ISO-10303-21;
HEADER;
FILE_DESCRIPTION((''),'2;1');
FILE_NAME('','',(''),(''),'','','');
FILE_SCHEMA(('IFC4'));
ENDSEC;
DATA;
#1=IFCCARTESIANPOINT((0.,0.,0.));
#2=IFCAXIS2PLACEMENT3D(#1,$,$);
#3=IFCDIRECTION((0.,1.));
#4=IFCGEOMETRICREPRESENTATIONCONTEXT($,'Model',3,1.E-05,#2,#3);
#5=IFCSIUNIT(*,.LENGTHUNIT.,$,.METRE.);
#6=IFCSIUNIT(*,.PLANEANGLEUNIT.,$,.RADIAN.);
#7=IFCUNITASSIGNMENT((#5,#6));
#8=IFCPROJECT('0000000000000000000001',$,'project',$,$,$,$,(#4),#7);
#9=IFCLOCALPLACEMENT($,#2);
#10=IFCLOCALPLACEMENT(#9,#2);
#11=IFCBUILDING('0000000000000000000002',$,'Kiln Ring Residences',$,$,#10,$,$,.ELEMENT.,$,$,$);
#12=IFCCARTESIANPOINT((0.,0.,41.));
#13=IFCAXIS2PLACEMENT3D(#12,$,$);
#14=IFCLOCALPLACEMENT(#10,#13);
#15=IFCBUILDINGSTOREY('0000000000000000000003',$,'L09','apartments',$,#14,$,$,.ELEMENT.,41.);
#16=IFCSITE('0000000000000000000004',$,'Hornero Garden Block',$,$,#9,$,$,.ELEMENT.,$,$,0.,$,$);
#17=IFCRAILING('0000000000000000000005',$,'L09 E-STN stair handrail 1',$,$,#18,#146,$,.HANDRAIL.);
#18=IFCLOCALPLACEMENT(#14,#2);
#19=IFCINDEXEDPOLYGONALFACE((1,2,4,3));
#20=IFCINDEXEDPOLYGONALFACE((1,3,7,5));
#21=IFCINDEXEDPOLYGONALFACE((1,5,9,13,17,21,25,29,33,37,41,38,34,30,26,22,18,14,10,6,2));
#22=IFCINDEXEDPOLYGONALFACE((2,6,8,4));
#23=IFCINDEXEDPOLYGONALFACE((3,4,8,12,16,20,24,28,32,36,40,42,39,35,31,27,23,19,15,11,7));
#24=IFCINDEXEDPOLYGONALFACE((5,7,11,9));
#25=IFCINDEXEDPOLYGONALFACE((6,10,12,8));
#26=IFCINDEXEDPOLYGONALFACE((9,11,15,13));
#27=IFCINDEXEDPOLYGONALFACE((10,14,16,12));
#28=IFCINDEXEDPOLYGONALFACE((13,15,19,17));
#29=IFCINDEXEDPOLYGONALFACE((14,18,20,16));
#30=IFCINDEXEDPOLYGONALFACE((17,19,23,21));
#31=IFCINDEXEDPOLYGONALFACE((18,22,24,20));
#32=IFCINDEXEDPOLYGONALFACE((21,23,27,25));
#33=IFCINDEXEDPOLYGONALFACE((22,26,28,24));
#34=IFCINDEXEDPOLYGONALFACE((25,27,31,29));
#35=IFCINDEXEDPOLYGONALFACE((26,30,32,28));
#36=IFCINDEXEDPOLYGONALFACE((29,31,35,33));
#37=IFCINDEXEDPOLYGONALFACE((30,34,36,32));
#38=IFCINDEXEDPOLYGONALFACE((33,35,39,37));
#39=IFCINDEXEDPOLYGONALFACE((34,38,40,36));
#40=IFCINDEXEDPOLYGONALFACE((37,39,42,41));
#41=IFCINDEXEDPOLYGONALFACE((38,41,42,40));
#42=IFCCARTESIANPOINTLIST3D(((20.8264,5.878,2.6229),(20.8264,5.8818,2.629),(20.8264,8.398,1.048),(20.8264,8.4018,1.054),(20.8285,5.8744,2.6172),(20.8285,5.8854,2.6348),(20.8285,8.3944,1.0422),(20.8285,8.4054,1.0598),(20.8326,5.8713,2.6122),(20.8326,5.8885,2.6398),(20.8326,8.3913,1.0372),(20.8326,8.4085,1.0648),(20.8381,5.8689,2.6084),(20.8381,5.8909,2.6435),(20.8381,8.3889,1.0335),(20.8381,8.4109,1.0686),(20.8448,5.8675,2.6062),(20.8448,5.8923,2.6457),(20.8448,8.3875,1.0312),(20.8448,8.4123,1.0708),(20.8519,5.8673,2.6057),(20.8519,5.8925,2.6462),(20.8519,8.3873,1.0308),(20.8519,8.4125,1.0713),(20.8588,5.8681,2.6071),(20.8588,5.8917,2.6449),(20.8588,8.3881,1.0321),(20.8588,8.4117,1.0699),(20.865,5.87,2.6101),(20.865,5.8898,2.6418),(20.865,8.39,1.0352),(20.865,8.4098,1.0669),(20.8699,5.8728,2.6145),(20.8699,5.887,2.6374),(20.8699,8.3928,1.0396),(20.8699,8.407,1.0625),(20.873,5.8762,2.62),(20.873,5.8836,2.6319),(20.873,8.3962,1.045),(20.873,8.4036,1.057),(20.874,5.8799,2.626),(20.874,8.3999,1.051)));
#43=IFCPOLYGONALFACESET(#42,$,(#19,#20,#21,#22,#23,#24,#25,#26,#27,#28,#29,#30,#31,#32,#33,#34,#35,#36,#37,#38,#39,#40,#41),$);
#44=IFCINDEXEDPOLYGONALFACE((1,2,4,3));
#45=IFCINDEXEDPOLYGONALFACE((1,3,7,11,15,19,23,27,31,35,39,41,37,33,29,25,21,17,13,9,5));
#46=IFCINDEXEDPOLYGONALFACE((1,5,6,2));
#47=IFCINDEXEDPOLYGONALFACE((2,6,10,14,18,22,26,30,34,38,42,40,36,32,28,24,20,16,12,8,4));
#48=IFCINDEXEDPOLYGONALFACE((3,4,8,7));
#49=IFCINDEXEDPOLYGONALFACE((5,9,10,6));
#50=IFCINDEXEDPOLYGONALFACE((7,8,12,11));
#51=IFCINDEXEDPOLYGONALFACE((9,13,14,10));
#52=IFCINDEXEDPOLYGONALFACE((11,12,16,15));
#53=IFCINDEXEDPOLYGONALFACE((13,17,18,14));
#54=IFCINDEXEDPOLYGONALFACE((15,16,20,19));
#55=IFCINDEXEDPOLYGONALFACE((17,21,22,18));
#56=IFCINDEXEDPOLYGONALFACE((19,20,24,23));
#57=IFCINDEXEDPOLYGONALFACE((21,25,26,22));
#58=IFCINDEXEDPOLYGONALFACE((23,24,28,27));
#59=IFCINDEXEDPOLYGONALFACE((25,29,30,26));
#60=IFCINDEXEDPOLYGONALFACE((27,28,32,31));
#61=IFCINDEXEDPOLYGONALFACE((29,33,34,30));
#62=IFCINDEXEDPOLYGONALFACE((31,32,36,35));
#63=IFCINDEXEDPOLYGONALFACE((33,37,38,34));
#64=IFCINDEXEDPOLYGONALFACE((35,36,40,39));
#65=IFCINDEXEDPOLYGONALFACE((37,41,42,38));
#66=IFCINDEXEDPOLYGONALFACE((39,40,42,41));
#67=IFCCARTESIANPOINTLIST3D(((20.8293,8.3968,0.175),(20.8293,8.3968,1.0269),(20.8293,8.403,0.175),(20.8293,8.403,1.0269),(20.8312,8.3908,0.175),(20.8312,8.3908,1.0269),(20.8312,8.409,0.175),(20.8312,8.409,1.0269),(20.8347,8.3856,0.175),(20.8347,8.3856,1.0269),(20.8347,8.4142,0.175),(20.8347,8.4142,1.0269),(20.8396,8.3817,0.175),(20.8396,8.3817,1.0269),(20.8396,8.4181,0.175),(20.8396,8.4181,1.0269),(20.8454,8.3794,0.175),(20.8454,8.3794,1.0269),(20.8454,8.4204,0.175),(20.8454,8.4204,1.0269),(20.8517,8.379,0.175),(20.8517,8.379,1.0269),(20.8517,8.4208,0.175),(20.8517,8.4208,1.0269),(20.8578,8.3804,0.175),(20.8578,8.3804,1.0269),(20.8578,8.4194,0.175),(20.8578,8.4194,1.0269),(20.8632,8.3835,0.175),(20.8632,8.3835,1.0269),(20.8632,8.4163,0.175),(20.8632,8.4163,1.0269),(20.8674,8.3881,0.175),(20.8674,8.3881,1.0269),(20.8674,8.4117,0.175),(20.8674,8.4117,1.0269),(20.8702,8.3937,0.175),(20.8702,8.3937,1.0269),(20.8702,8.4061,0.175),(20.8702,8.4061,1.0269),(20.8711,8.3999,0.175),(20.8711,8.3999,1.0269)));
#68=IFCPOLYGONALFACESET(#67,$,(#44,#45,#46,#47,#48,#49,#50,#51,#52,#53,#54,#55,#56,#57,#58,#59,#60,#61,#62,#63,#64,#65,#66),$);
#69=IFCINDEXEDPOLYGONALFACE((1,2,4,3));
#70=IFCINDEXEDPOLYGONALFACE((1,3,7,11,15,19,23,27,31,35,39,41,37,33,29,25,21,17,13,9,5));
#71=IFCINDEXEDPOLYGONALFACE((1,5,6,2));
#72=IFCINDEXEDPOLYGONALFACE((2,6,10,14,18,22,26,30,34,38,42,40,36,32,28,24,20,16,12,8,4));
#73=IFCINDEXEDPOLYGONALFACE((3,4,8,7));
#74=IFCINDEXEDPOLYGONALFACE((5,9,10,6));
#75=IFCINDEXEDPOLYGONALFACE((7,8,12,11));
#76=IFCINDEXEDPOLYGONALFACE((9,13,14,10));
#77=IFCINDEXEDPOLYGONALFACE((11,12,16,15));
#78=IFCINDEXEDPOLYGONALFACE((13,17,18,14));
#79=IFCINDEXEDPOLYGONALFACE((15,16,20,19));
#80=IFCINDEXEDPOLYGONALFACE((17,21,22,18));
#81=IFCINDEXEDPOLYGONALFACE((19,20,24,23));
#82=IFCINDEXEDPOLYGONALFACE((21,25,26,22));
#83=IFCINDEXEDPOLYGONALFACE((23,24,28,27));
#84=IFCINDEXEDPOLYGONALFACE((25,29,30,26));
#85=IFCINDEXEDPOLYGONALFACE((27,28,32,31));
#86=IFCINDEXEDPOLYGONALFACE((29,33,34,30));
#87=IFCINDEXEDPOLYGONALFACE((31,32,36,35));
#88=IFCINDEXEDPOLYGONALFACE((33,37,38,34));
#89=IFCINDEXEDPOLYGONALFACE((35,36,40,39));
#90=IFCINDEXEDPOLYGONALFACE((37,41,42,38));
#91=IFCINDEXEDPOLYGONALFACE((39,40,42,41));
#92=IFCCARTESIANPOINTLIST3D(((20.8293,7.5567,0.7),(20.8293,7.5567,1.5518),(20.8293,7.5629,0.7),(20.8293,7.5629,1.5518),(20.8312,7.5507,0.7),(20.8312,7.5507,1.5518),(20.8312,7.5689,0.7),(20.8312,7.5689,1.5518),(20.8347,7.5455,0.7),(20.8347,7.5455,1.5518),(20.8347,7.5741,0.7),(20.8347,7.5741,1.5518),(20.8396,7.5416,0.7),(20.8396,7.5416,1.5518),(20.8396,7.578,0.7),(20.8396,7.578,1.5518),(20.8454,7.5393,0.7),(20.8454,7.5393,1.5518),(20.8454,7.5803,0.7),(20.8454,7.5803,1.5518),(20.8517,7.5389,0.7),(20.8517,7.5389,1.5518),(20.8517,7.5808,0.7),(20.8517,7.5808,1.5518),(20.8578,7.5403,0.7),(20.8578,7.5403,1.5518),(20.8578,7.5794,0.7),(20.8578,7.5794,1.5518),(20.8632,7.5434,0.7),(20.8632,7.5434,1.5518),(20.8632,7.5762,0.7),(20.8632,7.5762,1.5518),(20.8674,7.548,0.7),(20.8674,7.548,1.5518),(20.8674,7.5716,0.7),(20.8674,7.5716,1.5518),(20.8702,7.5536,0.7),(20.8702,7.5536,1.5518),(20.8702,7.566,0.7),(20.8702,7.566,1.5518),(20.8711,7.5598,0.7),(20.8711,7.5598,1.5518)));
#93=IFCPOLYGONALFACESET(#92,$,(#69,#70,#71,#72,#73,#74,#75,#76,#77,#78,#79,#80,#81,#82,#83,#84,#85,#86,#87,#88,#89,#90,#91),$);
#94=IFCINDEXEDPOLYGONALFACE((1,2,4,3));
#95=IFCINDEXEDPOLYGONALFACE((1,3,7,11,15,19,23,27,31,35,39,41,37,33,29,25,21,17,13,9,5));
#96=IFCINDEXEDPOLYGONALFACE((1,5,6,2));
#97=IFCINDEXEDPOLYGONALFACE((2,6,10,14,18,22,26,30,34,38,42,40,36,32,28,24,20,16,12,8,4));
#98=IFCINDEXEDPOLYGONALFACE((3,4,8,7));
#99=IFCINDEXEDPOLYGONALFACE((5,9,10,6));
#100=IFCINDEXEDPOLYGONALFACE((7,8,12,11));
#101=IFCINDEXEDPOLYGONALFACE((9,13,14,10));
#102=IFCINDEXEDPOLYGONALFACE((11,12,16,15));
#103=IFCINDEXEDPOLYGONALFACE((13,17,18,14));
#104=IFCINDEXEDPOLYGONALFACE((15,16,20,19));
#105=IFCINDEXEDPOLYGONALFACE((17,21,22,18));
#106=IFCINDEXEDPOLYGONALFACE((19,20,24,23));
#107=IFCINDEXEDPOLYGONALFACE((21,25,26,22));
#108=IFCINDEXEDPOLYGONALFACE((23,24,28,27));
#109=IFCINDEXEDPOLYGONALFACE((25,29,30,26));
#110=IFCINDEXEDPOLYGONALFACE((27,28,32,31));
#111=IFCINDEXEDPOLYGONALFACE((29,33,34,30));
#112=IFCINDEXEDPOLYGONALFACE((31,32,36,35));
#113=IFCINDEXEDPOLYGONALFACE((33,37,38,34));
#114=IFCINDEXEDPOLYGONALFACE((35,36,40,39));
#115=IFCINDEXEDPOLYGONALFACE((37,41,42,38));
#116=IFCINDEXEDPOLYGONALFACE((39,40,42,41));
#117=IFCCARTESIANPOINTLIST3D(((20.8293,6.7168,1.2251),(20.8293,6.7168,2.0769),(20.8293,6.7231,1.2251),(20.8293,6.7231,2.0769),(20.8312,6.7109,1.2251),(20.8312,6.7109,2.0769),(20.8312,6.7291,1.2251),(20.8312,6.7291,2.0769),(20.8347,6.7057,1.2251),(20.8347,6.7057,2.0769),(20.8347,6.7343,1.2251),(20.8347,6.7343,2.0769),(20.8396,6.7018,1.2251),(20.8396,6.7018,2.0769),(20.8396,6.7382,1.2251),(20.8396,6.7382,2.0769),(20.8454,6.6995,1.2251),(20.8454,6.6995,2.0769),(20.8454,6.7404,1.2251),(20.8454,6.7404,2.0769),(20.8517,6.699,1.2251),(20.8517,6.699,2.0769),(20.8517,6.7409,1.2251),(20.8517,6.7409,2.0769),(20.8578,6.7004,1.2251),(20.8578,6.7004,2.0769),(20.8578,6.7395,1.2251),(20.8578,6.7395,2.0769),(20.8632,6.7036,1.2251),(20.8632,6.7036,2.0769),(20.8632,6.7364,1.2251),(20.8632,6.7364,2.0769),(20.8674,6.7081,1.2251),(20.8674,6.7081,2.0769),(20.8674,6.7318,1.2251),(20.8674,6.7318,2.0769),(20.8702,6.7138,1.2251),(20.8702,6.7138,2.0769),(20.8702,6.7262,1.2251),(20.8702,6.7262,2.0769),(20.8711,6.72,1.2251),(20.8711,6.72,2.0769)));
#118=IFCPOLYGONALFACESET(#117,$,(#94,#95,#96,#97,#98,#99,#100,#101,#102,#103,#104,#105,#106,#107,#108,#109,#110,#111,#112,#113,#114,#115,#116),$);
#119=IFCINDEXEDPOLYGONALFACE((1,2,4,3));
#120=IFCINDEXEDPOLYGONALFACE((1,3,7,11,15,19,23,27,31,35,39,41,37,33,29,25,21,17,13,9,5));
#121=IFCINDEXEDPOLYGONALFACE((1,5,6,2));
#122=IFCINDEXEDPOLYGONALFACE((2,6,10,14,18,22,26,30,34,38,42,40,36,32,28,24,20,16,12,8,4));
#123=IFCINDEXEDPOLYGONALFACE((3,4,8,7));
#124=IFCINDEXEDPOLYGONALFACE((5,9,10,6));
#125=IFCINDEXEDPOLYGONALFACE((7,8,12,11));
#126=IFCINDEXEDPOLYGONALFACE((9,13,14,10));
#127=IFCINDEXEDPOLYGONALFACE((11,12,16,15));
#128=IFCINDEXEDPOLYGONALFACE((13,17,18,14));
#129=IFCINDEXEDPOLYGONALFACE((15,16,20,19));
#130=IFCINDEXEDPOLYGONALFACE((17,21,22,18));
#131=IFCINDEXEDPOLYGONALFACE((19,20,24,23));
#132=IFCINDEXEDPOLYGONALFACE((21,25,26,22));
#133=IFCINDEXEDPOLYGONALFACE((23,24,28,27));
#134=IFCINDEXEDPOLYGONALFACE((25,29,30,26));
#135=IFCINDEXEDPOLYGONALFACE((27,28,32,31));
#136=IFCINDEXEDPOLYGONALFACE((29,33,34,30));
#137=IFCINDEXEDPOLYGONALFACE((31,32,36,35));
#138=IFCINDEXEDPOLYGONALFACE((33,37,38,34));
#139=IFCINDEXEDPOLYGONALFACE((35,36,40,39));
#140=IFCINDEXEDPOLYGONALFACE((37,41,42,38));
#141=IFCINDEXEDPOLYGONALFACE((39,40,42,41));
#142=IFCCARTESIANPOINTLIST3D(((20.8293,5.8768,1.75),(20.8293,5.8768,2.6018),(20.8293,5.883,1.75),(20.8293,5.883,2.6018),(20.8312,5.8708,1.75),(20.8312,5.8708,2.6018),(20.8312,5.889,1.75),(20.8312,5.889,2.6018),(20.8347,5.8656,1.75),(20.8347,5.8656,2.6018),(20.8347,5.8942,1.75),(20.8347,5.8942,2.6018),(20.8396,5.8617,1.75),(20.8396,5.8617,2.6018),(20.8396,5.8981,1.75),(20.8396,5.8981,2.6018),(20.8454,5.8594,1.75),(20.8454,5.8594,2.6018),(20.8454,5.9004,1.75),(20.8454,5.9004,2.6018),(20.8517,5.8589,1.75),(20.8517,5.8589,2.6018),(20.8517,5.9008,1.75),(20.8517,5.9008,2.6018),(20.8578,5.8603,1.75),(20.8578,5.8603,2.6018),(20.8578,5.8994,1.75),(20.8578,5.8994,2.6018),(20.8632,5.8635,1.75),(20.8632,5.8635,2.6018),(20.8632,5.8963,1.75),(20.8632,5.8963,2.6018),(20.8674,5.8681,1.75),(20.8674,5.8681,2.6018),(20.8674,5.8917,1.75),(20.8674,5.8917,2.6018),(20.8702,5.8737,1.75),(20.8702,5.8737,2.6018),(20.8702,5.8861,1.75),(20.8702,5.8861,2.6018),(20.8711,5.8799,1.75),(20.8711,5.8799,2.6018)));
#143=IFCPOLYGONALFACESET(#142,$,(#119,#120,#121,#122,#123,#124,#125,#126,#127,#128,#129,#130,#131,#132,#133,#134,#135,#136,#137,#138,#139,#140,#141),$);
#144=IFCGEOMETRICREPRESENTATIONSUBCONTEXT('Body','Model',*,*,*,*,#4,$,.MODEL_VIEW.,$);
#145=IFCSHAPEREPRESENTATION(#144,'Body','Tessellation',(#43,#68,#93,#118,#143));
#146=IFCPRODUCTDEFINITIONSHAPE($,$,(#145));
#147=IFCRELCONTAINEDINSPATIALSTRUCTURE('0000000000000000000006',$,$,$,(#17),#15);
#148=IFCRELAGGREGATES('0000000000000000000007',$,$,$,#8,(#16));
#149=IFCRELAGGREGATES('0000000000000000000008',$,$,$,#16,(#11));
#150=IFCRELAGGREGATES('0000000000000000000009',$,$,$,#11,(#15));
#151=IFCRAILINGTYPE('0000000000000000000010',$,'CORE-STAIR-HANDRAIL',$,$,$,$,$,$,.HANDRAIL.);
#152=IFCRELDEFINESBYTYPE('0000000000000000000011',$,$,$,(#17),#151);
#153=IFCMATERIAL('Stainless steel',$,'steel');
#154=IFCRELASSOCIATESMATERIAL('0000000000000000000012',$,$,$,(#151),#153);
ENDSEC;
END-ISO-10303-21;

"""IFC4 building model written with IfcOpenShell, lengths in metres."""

from ifc_helpers import new_model, si_unit, direction, frame, origin, origin_2d, place, context, subcontext, project, spatial, circle, extrude, material, type_object, element, save


model = new_model("IFC4")

# Units and contexts
model_context = context("Model", 3, precision=1e-05, world=origin(), true_north=direction((0.0, 1.0)))
body_context = subcontext(model_context, "Body", "Model", "MODEL_VIEW")
ifc_project = project(units=[si_unit("LENGTHUNIT", "METRE"), si_unit("PLANEANGLEUNIT", "RADIAN")], contexts=[model_context])

# Site, building, storey
site_placement = place(None, origin())
site = spatial("IfcSite", under=ifc_project, at=site_placement, Name="Hornero Garden Block", CompositionType="ELEMENT", RefElevation=0.0)
building_placement = place(site_placement, origin())
building = spatial("IfcBuilding", under=site, at=building_placement, Name="Kiln Ring Residences", CompositionType="ELEMENT")
storey_placement = place(building_placement, frame((0.0, 0.0, 41.0)))
storey = spatial("IfcBuildingStorey", under=building, at=storey_placement, Name="L09", Description="apartments", CompositionType="ELEMENT", Elevation=41.0)

# Railing
ifc_material_1 = material(Name="Stainless steel", Category="steel")
railing_type_1 = type_object("IfcRailingType", Name="CORE-STAIR-HANDRAIL", PredefinedType="HANDRAIL", material=ifc_material_1)
railing_1_placement = place(storey_placement, frame((20.8501, 8.3999, 0.175)))
element("IfcRailing", 1, at=railing_1_placement, inside=storey, type_object=railing_type_1, Name="L09 E-STN stair handrail 1", PredefinedType="HANDRAIL", context=body_context, shape_type="SweptSolid", body=[
    extrude(circle(Radius=0.0239, at=origin_2d()), frame((0.0, 0.0, 0.876), z_axis=(0.0, -0.848008, 0.529984), x_axis=(1.0, 0.0, 0.0)), (0.0, 0.0, 1.0), 2.9717),
    extrude(circle(Radius=0.021, at=origin_2d()), origin(), (0.0, 0.0, 1.0), 0.8518),
    extrude(circle(Radius=0.021, at=origin_2d()), frame((0.0, -0.8401, 0.5249)), (0.0, 0.0, 1.0), 0.8518),
    extrude(circle(Radius=0.021, at=origin_2d()), frame((0.0, -1.6799, 1.05)), (0.0, 0.0, 1.0), 0.8518),
    extrude(circle(Radius=0.021, at=origin_2d()), frame((0.0, -2.52, 1.575)), (0.0, 0.0, 1.0), 0.8518),
])

save(model, "model.ifc")
